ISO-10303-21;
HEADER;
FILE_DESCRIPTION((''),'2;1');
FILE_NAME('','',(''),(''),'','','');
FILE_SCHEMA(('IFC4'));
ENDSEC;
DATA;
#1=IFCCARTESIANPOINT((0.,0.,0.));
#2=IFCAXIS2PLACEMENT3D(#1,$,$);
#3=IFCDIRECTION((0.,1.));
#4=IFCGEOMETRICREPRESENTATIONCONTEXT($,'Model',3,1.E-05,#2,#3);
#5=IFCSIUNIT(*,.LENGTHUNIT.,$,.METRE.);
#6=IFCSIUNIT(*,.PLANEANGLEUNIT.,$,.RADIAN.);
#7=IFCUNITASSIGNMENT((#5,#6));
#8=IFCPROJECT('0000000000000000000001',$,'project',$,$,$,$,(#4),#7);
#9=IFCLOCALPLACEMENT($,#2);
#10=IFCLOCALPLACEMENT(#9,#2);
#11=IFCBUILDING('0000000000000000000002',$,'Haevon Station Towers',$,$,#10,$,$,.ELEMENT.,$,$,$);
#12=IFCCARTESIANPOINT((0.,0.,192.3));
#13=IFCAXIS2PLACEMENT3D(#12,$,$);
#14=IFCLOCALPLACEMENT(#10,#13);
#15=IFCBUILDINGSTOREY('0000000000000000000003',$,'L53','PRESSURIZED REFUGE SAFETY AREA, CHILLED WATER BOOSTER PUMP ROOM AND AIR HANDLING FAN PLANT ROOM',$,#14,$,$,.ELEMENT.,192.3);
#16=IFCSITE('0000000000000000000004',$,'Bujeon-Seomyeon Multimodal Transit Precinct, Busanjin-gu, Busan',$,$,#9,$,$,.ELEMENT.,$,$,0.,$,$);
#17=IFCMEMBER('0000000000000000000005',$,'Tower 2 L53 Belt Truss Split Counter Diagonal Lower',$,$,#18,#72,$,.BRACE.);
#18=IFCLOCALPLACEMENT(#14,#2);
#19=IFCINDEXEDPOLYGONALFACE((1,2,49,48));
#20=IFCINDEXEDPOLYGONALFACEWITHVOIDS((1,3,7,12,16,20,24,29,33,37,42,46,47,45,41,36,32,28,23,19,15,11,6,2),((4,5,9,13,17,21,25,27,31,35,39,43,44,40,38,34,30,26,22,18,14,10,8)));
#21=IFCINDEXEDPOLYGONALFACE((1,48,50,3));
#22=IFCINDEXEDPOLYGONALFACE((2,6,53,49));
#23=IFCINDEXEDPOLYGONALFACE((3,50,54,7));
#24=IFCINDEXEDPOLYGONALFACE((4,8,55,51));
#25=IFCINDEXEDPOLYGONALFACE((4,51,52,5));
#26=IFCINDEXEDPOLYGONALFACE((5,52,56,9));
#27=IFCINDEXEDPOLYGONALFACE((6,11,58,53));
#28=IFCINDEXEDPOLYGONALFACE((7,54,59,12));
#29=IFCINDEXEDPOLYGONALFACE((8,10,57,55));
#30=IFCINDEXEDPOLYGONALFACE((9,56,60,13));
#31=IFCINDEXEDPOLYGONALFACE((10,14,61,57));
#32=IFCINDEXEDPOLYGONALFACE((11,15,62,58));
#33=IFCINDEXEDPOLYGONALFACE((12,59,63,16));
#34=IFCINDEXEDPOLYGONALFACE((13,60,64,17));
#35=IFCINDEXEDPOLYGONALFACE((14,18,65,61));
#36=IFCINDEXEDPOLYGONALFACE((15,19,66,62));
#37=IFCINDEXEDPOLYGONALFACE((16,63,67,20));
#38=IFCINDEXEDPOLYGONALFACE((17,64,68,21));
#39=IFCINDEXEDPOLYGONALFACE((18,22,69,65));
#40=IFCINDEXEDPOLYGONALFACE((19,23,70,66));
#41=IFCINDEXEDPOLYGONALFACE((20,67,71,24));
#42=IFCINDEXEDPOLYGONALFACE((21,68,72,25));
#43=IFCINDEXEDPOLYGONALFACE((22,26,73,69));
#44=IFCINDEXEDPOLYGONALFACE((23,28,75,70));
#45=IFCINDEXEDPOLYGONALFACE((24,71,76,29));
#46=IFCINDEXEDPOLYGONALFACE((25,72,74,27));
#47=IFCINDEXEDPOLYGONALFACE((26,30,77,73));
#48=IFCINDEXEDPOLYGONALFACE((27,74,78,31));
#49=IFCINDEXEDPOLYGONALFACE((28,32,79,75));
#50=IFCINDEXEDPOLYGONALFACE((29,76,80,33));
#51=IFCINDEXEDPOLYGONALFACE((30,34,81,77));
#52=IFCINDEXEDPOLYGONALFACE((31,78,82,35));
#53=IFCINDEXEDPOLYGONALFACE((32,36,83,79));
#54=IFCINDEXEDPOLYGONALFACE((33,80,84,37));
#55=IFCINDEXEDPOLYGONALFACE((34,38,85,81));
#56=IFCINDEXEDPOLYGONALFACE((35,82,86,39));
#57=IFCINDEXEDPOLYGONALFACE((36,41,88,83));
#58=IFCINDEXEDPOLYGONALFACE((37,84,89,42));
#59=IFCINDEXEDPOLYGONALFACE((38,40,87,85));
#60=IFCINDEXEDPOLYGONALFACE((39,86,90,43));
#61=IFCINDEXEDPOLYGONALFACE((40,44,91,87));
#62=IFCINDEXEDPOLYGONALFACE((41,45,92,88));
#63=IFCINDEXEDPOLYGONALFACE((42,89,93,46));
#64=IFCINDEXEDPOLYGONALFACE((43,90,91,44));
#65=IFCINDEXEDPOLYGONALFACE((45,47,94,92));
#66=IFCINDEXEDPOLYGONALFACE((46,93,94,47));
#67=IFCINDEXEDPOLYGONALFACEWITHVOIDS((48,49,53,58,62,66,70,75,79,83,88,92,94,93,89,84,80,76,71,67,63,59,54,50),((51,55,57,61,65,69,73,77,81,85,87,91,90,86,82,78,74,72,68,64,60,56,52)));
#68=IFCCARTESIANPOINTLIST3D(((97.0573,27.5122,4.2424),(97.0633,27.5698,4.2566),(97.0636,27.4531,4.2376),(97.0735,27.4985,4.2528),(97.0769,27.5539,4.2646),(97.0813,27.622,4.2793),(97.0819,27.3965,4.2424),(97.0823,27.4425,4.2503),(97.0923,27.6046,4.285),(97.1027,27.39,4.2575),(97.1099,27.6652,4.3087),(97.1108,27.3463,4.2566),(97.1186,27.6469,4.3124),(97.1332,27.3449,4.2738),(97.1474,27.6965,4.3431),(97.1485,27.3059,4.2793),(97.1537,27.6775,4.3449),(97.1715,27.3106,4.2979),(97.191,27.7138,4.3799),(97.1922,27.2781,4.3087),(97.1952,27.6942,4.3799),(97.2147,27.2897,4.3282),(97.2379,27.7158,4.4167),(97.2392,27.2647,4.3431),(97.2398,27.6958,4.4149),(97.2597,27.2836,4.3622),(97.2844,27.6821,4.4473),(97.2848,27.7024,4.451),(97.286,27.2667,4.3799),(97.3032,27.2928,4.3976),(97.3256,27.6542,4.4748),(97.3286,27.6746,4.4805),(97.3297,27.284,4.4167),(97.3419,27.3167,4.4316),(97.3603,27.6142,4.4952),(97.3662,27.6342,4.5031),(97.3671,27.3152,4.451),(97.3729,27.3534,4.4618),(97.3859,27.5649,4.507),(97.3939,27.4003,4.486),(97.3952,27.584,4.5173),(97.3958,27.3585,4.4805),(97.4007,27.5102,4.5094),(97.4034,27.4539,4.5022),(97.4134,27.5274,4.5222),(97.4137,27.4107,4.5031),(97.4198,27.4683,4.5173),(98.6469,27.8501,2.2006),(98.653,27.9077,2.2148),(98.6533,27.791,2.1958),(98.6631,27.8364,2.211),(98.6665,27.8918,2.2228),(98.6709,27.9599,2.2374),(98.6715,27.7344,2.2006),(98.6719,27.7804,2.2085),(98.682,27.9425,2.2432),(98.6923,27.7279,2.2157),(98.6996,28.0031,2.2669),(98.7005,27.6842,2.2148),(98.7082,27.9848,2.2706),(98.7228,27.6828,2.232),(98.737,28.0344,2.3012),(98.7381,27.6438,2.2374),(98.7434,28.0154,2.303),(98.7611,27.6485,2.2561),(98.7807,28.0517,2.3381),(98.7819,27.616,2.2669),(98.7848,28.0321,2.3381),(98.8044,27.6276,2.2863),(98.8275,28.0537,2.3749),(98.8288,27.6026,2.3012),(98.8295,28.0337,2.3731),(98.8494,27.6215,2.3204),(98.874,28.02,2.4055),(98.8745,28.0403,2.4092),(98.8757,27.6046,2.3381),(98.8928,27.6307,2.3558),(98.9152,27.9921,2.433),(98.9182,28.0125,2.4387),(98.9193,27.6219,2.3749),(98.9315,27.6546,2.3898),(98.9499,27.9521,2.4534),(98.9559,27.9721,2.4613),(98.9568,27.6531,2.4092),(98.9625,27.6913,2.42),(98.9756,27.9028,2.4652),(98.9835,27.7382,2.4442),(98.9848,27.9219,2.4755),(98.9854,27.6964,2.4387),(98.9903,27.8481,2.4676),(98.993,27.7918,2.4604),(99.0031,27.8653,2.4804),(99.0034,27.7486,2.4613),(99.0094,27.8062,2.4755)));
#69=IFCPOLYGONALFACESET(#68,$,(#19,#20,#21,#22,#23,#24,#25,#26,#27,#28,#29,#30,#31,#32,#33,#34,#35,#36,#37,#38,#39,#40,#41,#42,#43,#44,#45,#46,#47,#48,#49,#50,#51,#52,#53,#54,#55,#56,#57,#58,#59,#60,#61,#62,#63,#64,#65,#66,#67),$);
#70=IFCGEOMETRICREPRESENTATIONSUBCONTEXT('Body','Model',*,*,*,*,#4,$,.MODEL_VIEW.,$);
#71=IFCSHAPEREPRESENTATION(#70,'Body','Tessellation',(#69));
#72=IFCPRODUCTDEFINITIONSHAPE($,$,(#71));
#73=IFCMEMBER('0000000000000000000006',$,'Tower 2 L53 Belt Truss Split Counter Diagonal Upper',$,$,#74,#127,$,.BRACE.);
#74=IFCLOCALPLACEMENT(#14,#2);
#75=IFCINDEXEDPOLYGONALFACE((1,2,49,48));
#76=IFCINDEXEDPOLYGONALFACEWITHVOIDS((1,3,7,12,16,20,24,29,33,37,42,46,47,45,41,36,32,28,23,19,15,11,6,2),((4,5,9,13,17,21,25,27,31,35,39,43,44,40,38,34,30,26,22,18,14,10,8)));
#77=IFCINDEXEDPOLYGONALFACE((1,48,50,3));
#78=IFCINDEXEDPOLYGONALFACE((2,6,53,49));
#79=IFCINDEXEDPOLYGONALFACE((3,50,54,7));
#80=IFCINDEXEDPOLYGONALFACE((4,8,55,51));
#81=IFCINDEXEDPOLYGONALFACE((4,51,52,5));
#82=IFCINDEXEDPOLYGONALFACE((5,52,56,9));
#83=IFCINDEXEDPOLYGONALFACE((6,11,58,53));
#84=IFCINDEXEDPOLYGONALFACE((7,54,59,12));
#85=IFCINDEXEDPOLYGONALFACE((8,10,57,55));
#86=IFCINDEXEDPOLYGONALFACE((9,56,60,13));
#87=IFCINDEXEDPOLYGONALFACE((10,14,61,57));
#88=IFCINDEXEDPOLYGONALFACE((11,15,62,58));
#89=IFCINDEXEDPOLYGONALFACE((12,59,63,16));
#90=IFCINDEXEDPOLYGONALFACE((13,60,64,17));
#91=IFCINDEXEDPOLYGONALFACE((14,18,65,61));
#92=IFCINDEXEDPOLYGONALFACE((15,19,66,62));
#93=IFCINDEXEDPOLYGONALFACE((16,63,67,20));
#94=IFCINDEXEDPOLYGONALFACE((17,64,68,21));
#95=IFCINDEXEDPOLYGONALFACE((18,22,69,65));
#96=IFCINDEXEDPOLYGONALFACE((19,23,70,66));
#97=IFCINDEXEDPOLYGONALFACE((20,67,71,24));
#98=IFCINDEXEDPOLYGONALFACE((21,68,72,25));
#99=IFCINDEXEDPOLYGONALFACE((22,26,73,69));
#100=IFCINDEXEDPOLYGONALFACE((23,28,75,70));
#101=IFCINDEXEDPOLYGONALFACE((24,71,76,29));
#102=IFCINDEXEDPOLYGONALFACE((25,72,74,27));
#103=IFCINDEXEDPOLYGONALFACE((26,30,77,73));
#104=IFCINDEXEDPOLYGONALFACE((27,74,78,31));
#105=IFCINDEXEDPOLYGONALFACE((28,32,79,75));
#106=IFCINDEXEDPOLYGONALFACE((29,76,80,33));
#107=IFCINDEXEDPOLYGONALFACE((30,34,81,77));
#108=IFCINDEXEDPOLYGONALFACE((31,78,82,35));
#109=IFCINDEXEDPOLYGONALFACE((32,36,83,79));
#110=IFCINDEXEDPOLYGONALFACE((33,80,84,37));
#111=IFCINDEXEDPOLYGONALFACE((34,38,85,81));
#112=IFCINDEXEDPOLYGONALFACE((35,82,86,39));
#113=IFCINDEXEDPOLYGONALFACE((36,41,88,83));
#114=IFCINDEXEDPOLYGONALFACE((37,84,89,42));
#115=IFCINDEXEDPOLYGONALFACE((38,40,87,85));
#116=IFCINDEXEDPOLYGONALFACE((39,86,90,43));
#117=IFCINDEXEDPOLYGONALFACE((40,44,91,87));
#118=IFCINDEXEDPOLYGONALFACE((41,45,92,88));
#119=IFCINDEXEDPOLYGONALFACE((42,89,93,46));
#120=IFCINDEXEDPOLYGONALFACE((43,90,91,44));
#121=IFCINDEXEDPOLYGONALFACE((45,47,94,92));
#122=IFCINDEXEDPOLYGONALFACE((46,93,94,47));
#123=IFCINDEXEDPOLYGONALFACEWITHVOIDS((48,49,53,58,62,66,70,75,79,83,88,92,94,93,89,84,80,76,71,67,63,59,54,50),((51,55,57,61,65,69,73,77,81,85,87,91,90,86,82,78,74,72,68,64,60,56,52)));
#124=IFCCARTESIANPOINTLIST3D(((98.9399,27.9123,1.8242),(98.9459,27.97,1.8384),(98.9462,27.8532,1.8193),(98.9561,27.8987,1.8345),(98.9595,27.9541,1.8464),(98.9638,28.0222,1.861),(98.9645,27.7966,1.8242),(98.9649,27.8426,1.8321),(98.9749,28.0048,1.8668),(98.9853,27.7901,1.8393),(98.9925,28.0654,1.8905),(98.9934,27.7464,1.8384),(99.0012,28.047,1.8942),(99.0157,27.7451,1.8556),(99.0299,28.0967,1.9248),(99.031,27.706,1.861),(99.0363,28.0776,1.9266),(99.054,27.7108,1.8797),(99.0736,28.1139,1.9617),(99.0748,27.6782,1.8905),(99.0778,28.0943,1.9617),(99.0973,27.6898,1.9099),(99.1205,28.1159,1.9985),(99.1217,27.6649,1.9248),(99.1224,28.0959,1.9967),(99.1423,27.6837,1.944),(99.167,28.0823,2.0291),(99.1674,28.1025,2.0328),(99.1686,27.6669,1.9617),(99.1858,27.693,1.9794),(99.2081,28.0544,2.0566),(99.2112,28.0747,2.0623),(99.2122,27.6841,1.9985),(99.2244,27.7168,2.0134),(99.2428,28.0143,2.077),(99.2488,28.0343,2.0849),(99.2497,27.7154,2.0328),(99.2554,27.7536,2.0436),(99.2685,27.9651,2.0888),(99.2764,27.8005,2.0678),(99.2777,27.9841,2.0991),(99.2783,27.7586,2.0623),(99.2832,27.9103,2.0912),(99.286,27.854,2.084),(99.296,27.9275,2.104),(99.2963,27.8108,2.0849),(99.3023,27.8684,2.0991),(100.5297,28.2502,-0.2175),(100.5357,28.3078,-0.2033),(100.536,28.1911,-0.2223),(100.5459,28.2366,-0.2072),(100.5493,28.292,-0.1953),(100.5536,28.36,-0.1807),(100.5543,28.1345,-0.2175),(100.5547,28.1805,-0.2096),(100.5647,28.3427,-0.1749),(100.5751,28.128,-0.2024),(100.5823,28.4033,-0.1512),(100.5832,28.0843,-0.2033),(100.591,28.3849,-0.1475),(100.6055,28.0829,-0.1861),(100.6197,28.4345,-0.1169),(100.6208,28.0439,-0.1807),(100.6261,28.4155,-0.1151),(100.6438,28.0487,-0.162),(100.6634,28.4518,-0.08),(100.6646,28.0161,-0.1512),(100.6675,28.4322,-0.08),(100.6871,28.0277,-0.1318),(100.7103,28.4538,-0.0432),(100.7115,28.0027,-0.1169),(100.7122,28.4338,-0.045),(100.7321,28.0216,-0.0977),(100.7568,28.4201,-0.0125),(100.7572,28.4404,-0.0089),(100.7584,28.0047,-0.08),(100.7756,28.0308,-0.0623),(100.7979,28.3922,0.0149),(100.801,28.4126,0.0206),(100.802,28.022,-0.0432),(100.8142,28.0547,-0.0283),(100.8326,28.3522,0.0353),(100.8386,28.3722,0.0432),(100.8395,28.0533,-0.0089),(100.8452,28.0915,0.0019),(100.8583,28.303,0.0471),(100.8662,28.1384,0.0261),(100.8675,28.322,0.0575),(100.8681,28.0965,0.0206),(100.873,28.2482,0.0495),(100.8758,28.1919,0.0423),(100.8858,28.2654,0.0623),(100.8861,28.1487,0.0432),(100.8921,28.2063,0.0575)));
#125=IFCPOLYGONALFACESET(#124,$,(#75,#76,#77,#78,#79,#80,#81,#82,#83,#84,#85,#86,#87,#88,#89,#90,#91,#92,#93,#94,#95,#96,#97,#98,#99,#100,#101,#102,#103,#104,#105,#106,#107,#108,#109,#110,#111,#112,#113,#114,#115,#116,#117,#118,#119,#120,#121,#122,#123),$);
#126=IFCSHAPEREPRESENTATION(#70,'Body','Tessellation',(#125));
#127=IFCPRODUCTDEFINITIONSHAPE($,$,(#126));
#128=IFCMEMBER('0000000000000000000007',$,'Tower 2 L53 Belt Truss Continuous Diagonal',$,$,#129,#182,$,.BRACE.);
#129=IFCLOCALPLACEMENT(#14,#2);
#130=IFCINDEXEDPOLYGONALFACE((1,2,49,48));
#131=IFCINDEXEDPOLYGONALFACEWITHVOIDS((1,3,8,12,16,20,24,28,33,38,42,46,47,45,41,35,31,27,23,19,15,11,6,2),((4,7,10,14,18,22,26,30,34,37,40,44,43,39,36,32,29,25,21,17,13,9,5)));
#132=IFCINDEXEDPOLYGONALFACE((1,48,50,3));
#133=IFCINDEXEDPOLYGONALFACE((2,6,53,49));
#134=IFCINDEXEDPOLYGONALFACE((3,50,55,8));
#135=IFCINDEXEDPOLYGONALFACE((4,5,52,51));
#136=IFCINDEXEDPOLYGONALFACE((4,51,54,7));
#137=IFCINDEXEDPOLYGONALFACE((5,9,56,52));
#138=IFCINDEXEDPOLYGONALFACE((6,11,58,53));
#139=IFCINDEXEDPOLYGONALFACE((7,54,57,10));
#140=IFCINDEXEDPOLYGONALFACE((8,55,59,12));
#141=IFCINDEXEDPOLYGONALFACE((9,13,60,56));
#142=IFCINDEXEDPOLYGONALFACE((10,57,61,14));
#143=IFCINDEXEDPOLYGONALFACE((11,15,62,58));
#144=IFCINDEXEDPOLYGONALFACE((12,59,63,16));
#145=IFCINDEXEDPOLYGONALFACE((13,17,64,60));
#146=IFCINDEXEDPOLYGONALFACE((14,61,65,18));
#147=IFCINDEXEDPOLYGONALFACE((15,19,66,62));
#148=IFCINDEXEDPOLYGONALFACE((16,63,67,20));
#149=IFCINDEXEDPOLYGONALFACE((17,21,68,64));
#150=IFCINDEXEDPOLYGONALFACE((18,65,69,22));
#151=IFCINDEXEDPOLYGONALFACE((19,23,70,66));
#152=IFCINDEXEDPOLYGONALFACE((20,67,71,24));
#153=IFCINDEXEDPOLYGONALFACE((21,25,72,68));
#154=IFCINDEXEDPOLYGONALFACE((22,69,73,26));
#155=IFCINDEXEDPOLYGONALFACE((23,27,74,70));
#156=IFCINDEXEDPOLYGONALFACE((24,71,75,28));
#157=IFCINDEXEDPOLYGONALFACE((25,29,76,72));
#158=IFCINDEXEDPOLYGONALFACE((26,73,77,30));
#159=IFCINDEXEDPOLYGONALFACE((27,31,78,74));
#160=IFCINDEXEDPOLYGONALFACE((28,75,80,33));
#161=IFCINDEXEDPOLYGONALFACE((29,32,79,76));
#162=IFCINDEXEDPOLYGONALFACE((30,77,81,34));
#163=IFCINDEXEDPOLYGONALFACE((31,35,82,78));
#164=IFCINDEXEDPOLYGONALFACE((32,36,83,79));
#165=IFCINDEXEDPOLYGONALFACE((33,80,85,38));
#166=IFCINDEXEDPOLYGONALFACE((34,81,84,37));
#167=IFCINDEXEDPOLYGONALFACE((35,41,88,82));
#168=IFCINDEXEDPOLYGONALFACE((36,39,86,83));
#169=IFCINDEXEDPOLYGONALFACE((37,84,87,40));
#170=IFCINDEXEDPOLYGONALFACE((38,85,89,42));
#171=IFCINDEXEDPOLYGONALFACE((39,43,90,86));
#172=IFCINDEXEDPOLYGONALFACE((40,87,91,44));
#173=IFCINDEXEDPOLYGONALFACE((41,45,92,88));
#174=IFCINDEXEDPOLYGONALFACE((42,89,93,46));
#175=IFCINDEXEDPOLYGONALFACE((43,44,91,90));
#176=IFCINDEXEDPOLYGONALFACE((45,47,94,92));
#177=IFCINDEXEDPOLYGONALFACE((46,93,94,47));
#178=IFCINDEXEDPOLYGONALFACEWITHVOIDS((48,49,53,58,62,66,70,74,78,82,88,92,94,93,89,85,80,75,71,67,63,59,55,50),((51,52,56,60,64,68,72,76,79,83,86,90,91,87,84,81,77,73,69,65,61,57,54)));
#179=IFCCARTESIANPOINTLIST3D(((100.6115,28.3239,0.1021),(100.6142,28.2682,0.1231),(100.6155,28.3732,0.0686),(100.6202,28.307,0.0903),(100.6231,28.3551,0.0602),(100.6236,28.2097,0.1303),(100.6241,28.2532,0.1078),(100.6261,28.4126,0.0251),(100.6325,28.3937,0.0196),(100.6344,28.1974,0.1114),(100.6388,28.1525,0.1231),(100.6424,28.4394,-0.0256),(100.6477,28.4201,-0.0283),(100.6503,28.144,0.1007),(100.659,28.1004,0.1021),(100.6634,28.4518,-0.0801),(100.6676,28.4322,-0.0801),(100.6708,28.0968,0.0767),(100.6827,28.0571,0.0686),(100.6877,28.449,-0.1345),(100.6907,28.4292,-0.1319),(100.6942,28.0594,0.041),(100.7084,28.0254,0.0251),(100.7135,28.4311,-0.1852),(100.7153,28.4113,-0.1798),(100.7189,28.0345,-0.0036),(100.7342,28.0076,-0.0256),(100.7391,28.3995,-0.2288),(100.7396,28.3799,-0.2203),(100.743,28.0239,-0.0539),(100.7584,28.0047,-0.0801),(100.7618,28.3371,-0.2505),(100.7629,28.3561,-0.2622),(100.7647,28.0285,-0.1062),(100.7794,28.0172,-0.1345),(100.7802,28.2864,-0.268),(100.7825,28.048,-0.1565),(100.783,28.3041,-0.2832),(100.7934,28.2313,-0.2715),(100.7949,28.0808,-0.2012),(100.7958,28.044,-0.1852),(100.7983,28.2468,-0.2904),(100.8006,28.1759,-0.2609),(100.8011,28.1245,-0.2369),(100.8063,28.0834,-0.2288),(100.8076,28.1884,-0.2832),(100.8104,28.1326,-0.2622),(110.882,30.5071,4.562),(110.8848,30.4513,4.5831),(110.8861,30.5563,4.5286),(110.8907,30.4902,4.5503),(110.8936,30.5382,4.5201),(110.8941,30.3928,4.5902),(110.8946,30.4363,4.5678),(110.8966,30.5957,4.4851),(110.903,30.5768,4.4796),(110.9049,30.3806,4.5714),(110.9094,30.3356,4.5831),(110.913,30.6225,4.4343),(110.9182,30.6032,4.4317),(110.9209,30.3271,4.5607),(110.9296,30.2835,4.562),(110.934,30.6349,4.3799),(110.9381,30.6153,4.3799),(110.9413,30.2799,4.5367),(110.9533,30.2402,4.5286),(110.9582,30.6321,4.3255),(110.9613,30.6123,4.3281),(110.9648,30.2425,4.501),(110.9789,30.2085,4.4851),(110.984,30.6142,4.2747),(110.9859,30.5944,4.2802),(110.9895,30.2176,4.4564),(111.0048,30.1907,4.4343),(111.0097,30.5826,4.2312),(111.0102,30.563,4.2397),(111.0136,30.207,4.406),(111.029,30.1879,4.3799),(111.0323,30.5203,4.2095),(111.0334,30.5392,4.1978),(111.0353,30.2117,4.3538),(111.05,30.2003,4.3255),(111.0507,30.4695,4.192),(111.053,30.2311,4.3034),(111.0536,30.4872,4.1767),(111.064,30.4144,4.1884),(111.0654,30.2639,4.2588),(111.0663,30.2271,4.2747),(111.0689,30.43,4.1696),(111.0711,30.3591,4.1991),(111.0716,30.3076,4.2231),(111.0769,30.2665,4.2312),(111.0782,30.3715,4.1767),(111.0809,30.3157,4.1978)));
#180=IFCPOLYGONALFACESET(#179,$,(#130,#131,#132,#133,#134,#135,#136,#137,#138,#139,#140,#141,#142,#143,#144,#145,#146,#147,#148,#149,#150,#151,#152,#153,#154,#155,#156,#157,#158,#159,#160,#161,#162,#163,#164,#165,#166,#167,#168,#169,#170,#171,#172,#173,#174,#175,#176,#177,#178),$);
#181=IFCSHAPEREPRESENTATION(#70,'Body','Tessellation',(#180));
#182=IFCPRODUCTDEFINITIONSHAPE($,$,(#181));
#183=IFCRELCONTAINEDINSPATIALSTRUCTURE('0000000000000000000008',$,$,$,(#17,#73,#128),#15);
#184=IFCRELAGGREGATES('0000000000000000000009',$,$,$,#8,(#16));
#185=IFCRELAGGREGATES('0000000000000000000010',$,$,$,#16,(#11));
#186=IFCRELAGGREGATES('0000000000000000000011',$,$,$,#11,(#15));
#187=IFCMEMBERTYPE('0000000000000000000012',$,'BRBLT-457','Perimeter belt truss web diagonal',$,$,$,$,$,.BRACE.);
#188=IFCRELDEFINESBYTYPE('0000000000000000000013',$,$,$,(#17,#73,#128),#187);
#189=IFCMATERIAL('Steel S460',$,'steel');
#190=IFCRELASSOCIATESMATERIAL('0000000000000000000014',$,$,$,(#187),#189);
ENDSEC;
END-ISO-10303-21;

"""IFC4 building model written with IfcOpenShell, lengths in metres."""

from ifc_helpers import new_model, si_unit, direction, frame, origin, origin_2d, place, context, subcontext, project, spatial, hollow_circle, extrude, material, material_profile, profile_set, type_object, element, save


model = new_model("IFC4")

# Units and contexts
model_context = context("Model", 3, precision=1e-05, world=origin(), true_north=direction((0.0, 1.0)))
body_context = subcontext(model_context, "Body", "Model", "MODEL_VIEW")
ifc_project = project(units=[si_unit("LENGTHUNIT", "METRE"), si_unit("PLANEANGLEUNIT", "RADIAN")], contexts=[model_context])

# Site, building, storey
site_placement = place(None, origin())
site = spatial("IfcSite", under=ifc_project, at=site_placement, Name="Bujeon-Seomyeon Multimodal Transit Precinct, Busanjin-gu, Busan", CompositionType="ELEMENT", RefElevation=0.0)
building_placement = place(site_placement, origin())
building = spatial("IfcBuilding", under=site, at=building_placement, Name="Haevon Station Towers", CompositionType="ELEMENT")
storey_placement = place(building_placement, frame((0.0, 0.0, 192.3)))
storey = spatial("IfcBuildingStorey", under=building, at=storey_placement, Name="L53", Description="PRESSURIZED REFUGE SAFETY AREA, CHILLED WATER BOOSTER PUMP ROOM AND AIR HANDLING FAN PLANT ROOM", CompositionType="ELEMENT", Elevation=192.3)

# Shared definitions
ifc_material_1 = material(Name="Steel S460", Category="steel")

# Members
ifc_material_profile_1 = material_profile(ifc_material_1, hollow_circle(Radius=0.2285, WallThickness=0.02, at=origin_2d()), Name="CHS-457x20")
ifc_profile_set_1 = profile_set([ifc_material_profile_1], Name="Steel S460")
member_type_1 = type_object("IfcMemberType", Name="BRBLT-457", Description="Perimeter belt truss web diagonal", PredefinedType="BRACE", material=ifc_profile_set_1)
for number, where, z_axis, x_axis, name in (
    (1, (97.2385, 27.4902, 4.3799), (0.609148, 0.129483, -0.782415), (-0.207918, 0.978146, 0.0), "Tower 2 L53 Belt Truss Split Counter Diagonal Lower"),
    (2, (99.1211, 27.8904, 1.9617), (0.609207, 0.129475, -0.78237), (-0.207887, 0.978153, 0.0), "Tower 2 L53 Belt Truss Split Counter Diagonal Upper"),
):
    element("IfcMember", number, at=place(storey_placement, frame(where, z_axis=z_axis, x_axis=x_axis)), inside=storey, type_object=member_type_1, Name=name, PredefinedType="BRACE", context=body_context, shape_type="SweptSolid", body=[
        extrude(hollow_circle(Radius=0.2285, WallThickness=0.02, at=origin_2d()), origin(), (0.0, 0.0, 1.0), 2.6096),
    ])
member_1_placement = place(storey_placement, frame((100.7109, 28.2283, -0.0801), z_axis=(0.900297, 0.191368, 0.390953), x_axis=(-0.207915, 0.978147, 0.0)))
element("IfcMember", 3, at=member_1_placement, inside=storey, type_object=member_type_1, Name="Tower 2 L53 Belt Truss Continuous Diagonal", PredefinedType="BRACE", context=body_context, shape_type="SweptSolid", body=[
    extrude(hollow_circle(Radius=0.2285, WallThickness=0.02, at=origin_2d()), origin(), (0.0, 0.0, 1.0), 11.408),
])

save(model, "model.ifc")
